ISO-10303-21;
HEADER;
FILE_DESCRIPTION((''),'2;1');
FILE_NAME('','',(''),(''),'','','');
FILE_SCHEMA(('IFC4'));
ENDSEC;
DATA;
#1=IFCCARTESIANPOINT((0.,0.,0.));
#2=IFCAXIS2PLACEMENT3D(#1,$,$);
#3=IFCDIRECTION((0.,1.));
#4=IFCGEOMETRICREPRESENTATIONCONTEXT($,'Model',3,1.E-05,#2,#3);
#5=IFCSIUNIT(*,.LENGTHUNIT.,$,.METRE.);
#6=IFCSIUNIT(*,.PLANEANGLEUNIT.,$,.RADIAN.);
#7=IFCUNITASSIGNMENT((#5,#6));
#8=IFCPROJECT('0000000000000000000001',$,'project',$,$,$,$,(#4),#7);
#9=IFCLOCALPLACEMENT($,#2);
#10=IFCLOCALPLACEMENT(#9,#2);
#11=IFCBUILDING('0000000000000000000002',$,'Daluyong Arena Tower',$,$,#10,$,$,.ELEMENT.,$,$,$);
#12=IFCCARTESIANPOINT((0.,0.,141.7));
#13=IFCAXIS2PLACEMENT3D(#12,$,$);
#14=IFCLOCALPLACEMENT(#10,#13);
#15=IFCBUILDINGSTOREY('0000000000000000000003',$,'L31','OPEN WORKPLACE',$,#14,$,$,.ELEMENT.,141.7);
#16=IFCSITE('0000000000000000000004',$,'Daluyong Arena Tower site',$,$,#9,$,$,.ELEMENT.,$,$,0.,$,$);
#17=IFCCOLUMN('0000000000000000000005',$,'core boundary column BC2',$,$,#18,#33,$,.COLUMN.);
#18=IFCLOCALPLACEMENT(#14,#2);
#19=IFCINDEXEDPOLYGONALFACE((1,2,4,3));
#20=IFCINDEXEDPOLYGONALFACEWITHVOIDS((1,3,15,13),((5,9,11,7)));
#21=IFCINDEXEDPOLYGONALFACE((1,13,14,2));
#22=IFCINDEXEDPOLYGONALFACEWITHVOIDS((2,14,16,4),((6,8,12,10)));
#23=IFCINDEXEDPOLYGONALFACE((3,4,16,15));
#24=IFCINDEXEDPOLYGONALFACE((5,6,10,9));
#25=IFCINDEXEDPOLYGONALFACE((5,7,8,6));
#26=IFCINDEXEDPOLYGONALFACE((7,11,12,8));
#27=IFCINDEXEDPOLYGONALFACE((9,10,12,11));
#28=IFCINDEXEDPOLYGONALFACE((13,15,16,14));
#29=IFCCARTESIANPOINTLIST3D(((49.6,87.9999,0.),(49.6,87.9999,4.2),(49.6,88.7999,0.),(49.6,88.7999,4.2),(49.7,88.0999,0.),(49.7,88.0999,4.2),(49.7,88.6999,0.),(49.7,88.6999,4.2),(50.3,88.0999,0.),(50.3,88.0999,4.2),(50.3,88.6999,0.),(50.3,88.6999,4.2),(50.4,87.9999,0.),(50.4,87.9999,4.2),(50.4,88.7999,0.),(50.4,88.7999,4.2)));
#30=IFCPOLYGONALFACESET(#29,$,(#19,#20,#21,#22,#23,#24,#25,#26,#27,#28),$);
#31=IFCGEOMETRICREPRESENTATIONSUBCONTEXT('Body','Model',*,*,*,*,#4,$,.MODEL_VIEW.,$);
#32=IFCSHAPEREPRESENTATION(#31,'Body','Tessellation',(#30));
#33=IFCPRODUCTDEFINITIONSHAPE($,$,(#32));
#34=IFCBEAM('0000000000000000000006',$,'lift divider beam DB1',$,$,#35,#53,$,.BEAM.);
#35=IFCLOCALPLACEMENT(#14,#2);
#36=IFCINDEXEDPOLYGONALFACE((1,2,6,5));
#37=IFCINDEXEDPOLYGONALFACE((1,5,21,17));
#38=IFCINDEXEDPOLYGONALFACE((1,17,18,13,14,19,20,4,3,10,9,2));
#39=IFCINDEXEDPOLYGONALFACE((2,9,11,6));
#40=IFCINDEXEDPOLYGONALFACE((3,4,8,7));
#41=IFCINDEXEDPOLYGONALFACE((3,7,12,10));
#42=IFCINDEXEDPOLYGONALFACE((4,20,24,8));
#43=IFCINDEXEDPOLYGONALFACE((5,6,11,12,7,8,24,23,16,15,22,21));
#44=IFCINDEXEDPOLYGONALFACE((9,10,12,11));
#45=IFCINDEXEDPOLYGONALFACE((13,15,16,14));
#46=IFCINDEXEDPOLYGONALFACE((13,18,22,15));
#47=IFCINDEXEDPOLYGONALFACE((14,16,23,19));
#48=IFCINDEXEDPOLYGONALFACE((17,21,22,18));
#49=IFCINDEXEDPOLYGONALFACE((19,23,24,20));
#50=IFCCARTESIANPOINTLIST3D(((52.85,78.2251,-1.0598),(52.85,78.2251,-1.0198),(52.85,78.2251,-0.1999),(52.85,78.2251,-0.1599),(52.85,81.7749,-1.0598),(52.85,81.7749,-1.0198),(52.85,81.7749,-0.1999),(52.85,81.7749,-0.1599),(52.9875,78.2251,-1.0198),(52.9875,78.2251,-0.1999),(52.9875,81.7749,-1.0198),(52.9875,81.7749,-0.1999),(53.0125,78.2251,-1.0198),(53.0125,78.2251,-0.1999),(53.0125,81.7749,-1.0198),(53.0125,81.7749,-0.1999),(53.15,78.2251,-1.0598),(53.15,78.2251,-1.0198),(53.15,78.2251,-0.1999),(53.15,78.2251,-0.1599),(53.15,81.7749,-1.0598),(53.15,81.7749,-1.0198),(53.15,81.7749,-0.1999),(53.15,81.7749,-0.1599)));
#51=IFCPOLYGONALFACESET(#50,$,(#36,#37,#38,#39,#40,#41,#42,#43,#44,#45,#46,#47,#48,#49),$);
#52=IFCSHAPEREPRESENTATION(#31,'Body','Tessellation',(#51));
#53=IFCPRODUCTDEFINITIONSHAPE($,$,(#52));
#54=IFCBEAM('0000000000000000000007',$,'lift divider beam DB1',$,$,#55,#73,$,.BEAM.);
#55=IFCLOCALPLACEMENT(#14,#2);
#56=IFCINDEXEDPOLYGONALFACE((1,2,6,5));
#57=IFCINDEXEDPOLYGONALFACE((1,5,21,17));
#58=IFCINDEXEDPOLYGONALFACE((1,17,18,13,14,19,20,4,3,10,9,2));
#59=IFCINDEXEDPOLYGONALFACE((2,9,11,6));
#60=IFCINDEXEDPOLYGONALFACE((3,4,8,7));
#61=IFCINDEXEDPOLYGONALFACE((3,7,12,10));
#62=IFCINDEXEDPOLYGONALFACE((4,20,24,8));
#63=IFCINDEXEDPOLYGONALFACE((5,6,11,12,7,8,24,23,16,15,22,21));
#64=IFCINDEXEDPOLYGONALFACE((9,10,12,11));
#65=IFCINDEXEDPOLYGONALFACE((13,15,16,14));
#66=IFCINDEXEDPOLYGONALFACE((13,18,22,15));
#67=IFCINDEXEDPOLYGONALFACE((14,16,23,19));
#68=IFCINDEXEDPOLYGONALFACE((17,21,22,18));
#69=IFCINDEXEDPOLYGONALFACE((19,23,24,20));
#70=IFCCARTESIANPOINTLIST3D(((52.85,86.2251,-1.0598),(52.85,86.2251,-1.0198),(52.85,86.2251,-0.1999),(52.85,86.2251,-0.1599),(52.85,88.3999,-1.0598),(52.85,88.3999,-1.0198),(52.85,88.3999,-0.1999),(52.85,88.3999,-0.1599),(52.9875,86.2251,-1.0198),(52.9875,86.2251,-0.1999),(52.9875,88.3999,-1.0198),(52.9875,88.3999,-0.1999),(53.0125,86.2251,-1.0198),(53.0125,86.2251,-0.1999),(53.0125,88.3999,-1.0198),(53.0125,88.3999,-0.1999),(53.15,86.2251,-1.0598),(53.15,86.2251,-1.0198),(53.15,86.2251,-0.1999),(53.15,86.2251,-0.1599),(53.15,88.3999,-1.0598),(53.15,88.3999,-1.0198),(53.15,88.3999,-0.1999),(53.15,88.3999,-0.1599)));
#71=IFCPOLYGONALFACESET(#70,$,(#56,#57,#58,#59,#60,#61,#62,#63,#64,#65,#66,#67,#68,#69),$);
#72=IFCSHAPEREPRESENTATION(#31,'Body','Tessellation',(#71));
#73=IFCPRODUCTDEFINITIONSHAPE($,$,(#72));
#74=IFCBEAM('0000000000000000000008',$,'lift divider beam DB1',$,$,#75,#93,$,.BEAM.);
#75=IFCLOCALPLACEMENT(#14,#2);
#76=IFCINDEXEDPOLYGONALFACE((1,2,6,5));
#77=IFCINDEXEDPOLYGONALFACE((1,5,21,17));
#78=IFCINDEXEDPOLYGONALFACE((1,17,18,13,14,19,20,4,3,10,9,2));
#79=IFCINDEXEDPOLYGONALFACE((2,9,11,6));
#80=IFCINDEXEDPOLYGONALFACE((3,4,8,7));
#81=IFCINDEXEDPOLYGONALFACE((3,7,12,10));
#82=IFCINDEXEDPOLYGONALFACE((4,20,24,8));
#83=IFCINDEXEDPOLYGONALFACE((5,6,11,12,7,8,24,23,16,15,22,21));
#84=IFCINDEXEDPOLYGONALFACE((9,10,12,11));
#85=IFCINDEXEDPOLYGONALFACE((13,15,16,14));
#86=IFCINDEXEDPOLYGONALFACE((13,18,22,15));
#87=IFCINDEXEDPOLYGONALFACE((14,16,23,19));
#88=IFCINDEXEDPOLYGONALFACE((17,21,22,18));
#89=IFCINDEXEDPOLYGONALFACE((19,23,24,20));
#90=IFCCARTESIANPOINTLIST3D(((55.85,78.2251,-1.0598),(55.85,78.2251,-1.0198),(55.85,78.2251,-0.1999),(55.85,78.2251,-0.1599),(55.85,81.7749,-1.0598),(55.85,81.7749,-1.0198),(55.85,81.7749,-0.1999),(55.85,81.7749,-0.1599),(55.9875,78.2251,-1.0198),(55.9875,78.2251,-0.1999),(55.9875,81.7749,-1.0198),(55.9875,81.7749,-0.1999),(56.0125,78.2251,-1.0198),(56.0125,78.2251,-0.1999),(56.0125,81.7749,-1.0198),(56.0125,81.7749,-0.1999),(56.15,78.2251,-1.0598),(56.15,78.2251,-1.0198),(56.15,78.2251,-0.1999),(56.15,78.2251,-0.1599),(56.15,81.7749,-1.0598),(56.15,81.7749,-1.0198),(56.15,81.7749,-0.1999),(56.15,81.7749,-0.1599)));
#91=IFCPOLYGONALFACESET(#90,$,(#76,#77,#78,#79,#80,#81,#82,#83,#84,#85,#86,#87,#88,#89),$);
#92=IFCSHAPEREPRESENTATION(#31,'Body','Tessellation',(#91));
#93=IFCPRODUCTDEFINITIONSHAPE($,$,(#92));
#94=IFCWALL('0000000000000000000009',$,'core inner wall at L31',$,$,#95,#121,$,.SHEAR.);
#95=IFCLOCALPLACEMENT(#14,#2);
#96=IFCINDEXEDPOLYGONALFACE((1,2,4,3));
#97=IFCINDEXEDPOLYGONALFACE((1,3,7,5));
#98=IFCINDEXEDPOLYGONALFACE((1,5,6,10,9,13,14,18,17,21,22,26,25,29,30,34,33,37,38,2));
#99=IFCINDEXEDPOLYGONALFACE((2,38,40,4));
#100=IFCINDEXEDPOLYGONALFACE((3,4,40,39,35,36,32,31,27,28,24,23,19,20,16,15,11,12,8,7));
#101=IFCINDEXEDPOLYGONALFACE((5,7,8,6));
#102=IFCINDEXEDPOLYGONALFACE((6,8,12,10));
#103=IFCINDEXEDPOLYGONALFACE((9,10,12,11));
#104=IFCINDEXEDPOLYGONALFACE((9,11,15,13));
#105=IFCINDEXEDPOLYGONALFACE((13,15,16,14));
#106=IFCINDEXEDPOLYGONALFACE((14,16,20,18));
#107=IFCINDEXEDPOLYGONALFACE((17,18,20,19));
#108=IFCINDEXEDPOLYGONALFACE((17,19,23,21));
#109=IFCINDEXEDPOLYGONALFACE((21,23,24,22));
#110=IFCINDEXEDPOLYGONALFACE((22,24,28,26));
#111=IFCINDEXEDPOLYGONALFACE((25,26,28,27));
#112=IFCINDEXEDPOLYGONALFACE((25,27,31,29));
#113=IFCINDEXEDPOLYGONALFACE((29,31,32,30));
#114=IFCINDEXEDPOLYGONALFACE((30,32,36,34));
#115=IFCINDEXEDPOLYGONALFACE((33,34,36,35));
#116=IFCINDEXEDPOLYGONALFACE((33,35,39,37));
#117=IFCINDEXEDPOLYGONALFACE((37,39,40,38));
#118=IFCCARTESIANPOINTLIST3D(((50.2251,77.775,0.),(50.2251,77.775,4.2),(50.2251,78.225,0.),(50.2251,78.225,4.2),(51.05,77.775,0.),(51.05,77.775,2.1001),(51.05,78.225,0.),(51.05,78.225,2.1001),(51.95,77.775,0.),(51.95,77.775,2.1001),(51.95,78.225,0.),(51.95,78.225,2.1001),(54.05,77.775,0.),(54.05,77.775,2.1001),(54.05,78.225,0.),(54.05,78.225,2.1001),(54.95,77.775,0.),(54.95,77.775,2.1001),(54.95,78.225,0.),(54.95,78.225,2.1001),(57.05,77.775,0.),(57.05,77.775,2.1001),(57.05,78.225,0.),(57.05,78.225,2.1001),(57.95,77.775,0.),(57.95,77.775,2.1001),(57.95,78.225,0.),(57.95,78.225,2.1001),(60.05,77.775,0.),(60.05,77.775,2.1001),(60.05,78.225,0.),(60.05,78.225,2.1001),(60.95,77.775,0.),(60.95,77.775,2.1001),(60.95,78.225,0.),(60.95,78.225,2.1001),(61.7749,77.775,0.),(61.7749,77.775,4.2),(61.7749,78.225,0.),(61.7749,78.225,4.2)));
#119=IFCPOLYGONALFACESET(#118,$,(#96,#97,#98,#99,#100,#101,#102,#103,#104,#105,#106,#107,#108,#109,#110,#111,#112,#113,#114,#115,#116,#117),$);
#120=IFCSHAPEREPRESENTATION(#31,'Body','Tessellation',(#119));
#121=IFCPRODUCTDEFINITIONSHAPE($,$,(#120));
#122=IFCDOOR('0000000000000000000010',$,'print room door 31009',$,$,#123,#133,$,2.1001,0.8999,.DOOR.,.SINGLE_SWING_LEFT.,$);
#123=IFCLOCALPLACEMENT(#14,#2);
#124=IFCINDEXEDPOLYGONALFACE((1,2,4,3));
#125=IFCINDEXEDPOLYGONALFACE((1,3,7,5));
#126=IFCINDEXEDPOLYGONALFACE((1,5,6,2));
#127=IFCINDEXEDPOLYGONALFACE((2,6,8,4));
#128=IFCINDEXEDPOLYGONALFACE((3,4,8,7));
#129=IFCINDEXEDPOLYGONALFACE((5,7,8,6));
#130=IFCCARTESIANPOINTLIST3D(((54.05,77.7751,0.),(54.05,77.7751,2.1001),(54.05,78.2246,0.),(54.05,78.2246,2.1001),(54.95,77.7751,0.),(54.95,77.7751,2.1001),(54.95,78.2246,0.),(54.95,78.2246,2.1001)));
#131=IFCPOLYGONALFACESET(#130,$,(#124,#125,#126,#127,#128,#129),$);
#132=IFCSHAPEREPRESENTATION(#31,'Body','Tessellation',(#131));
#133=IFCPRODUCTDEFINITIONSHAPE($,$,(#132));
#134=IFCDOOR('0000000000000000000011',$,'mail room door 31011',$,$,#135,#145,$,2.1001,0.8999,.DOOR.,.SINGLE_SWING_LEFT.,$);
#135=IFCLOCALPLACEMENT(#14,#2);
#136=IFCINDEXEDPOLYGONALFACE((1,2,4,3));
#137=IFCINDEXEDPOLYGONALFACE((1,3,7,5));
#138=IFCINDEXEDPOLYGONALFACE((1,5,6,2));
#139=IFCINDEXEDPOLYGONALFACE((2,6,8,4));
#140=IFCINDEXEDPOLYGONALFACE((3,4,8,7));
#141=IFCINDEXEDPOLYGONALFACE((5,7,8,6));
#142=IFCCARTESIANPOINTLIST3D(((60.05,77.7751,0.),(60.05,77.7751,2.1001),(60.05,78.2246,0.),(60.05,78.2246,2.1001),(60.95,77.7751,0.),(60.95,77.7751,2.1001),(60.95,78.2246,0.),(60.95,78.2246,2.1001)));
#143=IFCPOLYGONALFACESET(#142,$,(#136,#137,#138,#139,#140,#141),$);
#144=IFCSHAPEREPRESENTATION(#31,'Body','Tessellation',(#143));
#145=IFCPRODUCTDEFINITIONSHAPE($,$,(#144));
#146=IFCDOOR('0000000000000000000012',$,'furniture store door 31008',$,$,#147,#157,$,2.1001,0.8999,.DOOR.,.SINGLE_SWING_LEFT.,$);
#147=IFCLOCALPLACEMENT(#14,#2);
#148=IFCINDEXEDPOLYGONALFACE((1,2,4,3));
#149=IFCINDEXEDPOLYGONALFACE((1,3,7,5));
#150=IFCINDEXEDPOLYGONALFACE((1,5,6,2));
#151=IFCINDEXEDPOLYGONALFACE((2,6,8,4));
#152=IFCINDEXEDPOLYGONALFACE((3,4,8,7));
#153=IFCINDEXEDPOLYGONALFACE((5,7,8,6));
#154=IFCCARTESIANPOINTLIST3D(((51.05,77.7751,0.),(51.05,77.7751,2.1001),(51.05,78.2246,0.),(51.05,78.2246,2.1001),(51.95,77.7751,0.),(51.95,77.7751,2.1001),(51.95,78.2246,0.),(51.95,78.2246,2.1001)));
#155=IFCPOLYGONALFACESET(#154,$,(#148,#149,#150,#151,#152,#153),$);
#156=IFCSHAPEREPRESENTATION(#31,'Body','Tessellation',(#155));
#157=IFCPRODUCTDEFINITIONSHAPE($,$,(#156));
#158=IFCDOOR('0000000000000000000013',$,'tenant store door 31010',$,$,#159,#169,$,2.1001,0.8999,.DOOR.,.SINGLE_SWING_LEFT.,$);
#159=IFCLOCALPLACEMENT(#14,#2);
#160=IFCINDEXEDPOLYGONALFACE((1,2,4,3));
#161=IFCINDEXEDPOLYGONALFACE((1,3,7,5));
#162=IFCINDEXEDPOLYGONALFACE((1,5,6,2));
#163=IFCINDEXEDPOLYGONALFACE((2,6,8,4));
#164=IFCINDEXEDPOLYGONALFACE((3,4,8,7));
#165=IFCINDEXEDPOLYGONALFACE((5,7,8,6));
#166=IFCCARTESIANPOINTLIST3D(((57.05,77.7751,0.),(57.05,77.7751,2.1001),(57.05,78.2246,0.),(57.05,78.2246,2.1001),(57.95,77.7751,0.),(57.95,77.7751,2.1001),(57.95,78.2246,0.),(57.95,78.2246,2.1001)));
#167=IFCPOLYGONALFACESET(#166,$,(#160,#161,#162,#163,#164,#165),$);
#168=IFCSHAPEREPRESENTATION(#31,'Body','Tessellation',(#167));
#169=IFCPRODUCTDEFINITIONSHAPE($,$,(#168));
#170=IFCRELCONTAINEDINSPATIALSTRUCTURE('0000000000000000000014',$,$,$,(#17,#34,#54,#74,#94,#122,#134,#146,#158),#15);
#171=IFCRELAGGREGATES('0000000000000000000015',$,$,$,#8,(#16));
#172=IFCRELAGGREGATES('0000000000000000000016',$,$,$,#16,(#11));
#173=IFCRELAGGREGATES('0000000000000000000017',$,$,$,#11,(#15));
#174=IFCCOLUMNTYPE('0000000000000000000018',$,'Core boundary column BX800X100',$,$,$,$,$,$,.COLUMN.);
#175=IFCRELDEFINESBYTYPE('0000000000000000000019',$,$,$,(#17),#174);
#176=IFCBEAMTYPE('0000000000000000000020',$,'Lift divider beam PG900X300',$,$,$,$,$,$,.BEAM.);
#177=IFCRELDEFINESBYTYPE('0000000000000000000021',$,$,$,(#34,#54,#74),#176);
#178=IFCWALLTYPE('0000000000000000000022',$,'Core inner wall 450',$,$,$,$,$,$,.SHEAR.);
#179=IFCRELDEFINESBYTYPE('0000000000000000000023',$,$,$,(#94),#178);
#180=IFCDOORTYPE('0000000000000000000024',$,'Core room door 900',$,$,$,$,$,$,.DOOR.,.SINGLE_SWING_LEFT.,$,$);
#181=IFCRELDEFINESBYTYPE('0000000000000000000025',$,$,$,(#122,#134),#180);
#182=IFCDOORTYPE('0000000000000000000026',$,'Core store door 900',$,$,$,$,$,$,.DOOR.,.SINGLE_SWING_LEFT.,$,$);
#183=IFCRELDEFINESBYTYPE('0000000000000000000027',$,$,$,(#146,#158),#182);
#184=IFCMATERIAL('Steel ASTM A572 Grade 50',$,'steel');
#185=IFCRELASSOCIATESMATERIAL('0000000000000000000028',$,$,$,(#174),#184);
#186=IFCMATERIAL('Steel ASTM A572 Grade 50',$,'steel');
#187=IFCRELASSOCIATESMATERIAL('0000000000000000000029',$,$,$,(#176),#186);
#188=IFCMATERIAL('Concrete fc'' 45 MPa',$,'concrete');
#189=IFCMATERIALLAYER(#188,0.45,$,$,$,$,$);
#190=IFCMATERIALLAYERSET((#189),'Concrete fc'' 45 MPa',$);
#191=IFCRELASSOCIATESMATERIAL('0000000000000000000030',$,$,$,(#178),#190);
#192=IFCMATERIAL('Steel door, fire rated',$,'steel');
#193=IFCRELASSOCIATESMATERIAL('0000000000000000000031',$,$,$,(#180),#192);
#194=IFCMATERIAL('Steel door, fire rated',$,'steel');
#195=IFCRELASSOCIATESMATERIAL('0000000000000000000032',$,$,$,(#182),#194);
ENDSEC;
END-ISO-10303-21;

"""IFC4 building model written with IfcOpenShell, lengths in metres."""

from ifc_helpers import new_model, si_unit, direction, frame, frame_2d, origin, origin_2d, place, context, subcontext, project, spatial, rectangle, hollow_rectangle, i_section, extrude, material, layer, layer_set, material_profile, profile_set, type_object, element, fill, save


model = new_model("IFC4")

# Units and contexts
model_context = context("Model", 3, precision=1e-05, world=origin(), true_north=direction((0.0, 1.0)))
body_context = subcontext(model_context, "Body", "Model", "MODEL_VIEW")
ifc_project = project(units=[si_unit("LENGTHUNIT", "METRE"), si_unit("PLANEANGLEUNIT", "RADIAN")], contexts=[model_context])

# Site, building, storey
site_placement = place(None, origin())
site = spatial("IfcSite", under=ifc_project, at=site_placement, Name="Daluyong Arena Tower site", CompositionType="ELEMENT", RefElevation=0.0)
building_placement = place(site_placement, origin())
building = spatial("IfcBuilding", under=site, at=building_placement, Name="Daluyong Arena Tower", CompositionType="ELEMENT")
storey_placement = place(building_placement, frame((0.0, 0.0, 141.7)))
storey = spatial("IfcBuildingStorey", under=building, at=storey_placement, Name="L31", Description="OPEN WORKPLACE", CompositionType="ELEMENT", Elevation=141.7)

# Column
ifc_material_1 = material(Name="Steel ASTM A572 Grade 50", Category="steel")
ifc_material_profile_1 = material_profile(ifc_material_1, hollow_rectangle(XDim=0.8, YDim=0.8, WallThickness=0.1, at=origin_2d()))
ifc_profile_set_1 = profile_set([ifc_material_profile_1], Name="Steel ASTM A572 Grade 50")
column_type = type_object("IfcColumnType", Name="Core boundary column BX800X100", PredefinedType="COLUMN", material=ifc_profile_set_1)
column_placement = place(storey_placement, frame((50.0, 88.3999, 0.0), z_axis=(0.0, 0.0, 1.0), x_axis=(1.0, 0.0, 0.0)))
element("IfcColumn", 1, at=column_placement, inside=storey, type_object=column_type, Name="core boundary column BC2", PredefinedType="COLUMN", context=body_context, shape_type="SweptSolid", body=[
    extrude(hollow_rectangle(XDim=0.8, YDim=0.8, WallThickness=0.1, at=origin_2d()), origin(), (0.0, 0.0, 1.0), 4.2),
])

# Beams
ifc_material_2 = material(Name="Steel ASTM A572 Grade 50", Category="steel")
ifc_material_profile_2 = material_profile(ifc_material_2, i_section(OverallWidth=0.3, OverallDepth=0.8999, WebThickness=0.025, FlangeThickness=0.04, at=origin_2d()))
ifc_profile_set_2 = profile_set([ifc_material_profile_2], Name="Steel ASTM A572 Grade 50")
beam_type = type_object("IfcBeamType", Name="Lift divider beam PG900X300", PredefinedType="BEAM", material=ifc_profile_set_2)
beam_1_placement = place(storey_placement, frame((53.0, 78.2251, -0.6099), z_axis=(0.0, 1.0, 0.0), x_axis=(-1.0, 0.0, 0.0)))
element("IfcBeam", 2, at=beam_1_placement, inside=storey, type_object=beam_type, Name="lift divider beam DB1", PredefinedType="BEAM", context=body_context, shape_type="SweptSolid", body=[
    extrude(i_section(OverallWidth=0.3, OverallDepth=0.8999, WebThickness=0.025, FlangeThickness=0.04, at=origin_2d()), origin(), (0.0, 0.0, 1.0), 3.5498),
])
beam_2_placement = place(storey_placement, frame((53.0, 86.2251, -0.6099), z_axis=(0.0, 1.0, 0.0), x_axis=(-1.0, 0.0, 0.0)))
element("IfcBeam", 3, at=beam_2_placement, inside=storey, type_object=beam_type, Name="lift divider beam DB1", PredefinedType="BEAM", context=body_context, shape_type="SweptSolid", body=[
    extrude(i_section(OverallWidth=0.3, OverallDepth=0.8999, WebThickness=0.025, FlangeThickness=0.04, at=origin_2d()), origin(), (0.0, 0.0, 1.0), 2.1748),
])
beam_3_placement = place(storey_placement, frame((56.0, 78.2251, -0.6099), z_axis=(0.0, 1.0, 0.0), x_axis=(-1.0, 0.0, 0.0)))
element("IfcBeam", 4, at=beam_3_placement, inside=storey, type_object=beam_type, Name="lift divider beam DB1", PredefinedType="BEAM", context=body_context, shape_type="SweptSolid", body=[
    extrude(i_section(OverallWidth=0.3, OverallDepth=0.8999, WebThickness=0.025, FlangeThickness=0.04, at=origin_2d()), origin(), (0.0, 0.0, 1.0), 3.5498),
])

# Wall, openings, doors
ifc_material_3 = material(Name="Concrete fc' 45 MPa", Category="concrete")
ifc_layer_1 = layer(ifc_material_3, 0.45)
ifc_layer_set_1 = layer_set([ifc_layer_1], Name="Concrete fc' 45 MPa")
wall_type_1 = type_object("IfcWallType", Name="Core inner wall 450", PredefinedType="SHEAR", material=ifc_layer_set_1)
wall_1_placement = place(storey_placement, frame((50.2251, 78.0, 0.0), z_axis=(0.0, 0.0, 1.0), x_axis=(1.0, 0.0, 0.0)))
wall_1 = element("IfcWall", 5, at=wall_1_placement, inside=storey, type_object=wall_type_1, Name="core inner wall at L31", PredefinedType="SHEAR", context=body_context, shape_type="SweptSolid", body=[
    extrude(rectangle(XDim=11.5498, YDim=0.45, at=frame_2d((5.7749, 0.0))), origin(), (0.0, 0.0, 1.0), 4.2),
])
opening_1_placement = place(wall_1_placement, frame((0.825, 0.0, 0.0)))
opening_1 = element("IfcOpeningElement", 6, at=opening_1_placement, cuts=wall_1, PredefinedType="OPENING", context=body_context, shape_type="SweptSolid", body=[
    extrude(rectangle(XDim=0.8999, YDim=2.1001, at=frame_2d((0.45, 1.05))), frame((0.0, 0.2349, 0.0), z_axis=(0.0, -1.0, 0.0), x_axis=(1.0, 0.0, 0.0)), (0.0, 0.0, 1.0), 0.47),
])
opening_2_placement = place(wall_1_placement, frame((3.825, 0.0, 0.0)))
opening_2 = element("IfcOpeningElement", 7, at=opening_2_placement, cuts=wall_1, PredefinedType="OPENING", context=body_context, shape_type="SweptSolid", body=[
    extrude(rectangle(XDim=0.8999, YDim=2.1001, at=frame_2d((0.45, 1.05))), frame((0.0, 0.2349, 0.0), z_axis=(0.0, -1.0, 0.0), x_axis=(1.0, 0.0, 0.0)), (0.0, 0.0, 1.0), 0.47),
])
opening_3_placement = place(wall_1_placement, frame((6.825, 0.0, 0.0)))
opening_3 = element("IfcOpeningElement", 8, at=opening_3_placement, cuts=wall_1, PredefinedType="OPENING", context=body_context, shape_type="SweptSolid", body=[
    extrude(rectangle(XDim=0.8999, YDim=2.1001, at=frame_2d((0.45, 1.05))), frame((0.0, 0.2349, 0.0), z_axis=(0.0, -1.0, 0.0), x_axis=(1.0, 0.0, 0.0)), (0.0, 0.0, 1.0), 0.47),
])
opening_4_placement = place(wall_1_placement, frame((9.825, 0.0, 0.0)))
opening_4 = element("IfcOpeningElement", 9, at=opening_4_placement, cuts=wall_1, PredefinedType="OPENING", context=body_context, shape_type="SweptSolid", body=[
    extrude(rectangle(XDim=0.8999, YDim=2.1001, at=frame_2d((0.45, 1.05))), frame((0.0, 0.2349, 0.0), z_axis=(0.0, -1.0, 0.0), x_axis=(1.0, 0.0, 0.0)), (0.0, 0.0, 1.0), 0.47),
])
ifc_material_4 = material(Name="Steel door, fire rated", Category="steel")
door_type_1 = type_object("IfcDoorType", Name="Core room door 900", OperationType="SINGLE_SWING_LEFT", PredefinedType="DOOR", material=ifc_material_4)
door_1_placement = place(opening_2_placement, origin())
door_1 = element("IfcDoor", 10, at=door_1_placement, inside=storey, type_object=door_type_1, Name="print room door 31009", OperationType="SINGLE_SWING_LEFT", OverallHeight=2.1001, OverallWidth=0.8999, PredefinedType="DOOR", context=body_context, shape_type="SweptSolid", body=[
    extrude(rectangle(XDim=0.8999, YDim=2.1001, at=frame_2d((0.45, 1.05))), frame((0.0, 0.2246, 0.0), z_axis=(0.0, -1.0, 0.0), x_axis=(1.0, 0.0, 0.0)), (0.0, 0.0, 1.0), 0.4495),
])
fill(opening_2, door_1)
door_2_placement = place(opening_4_placement, origin())
door_2 = element("IfcDoor", 11, at=door_2_placement, inside=storey, type_object=door_type_1, Name="mail room door 31011", OperationType="SINGLE_SWING_LEFT", OverallHeight=2.1001, OverallWidth=0.8999, PredefinedType="DOOR", context=body_context, shape_type="SweptSolid", body=[
    extrude(rectangle(XDim=0.8999, YDim=2.1001, at=frame_2d((0.45, 1.05))), frame((0.0, 0.2246, 0.0), z_axis=(0.0, -1.0, 0.0), x_axis=(1.0, 0.0, 0.0)), (0.0, 0.0, 1.0), 0.4495),
])
fill(opening_4, door_2)
ifc_material_5 = material(Name="Steel door, fire rated", Category="steel")
door_type_2 = type_object("IfcDoorType", Name="Core store door 900", OperationType="SINGLE_SWING_LEFT", PredefinedType="DOOR", material=ifc_material_5)
door_3_placement = place(opening_1_placement, origin())
door_3 = element("IfcDoor", 12, at=door_3_placement, inside=storey, type_object=door_type_2, Name="furniture store door 31008", OperationType="SINGLE_SWING_LEFT", OverallHeight=2.1001, OverallWidth=0.8999, PredefinedType="DOOR", context=body_context, shape_type="SweptSolid", body=[
    extrude(rectangle(XDim=0.8999, YDim=2.1001, at=frame_2d((0.45, 1.05))), frame((0.0, 0.2246, 0.0), z_axis=(0.0, -1.0, 0.0), x_axis=(1.0, 0.0, 0.0)), (0.0, 0.0, 1.0), 0.4495),
])
fill(opening_1, door_3)
door_4_placement = place(opening_3_placement, origin())
door_4 = element("IfcDoor", 13, at=door_4_placement, inside=storey, type_object=door_type_2, Name="tenant store door 31010", OperationType="SINGLE_SWING_LEFT", OverallHeight=2.1001, OverallWidth=0.8999, PredefinedType="DOOR", context=body_context, shape_type="SweptSolid", body=[
    extrude(rectangle(XDim=0.8999, YDim=2.1001, at=frame_2d((0.45, 1.05))), frame((0.0, 0.2246, 0.0), z_axis=(0.0, -1.0, 0.0), x_axis=(1.0, 0.0, 0.0)), (0.0, 0.0, 1.0), 0.4495),
])
fill(opening_3, door_4)

save(model, "model.ifc")
